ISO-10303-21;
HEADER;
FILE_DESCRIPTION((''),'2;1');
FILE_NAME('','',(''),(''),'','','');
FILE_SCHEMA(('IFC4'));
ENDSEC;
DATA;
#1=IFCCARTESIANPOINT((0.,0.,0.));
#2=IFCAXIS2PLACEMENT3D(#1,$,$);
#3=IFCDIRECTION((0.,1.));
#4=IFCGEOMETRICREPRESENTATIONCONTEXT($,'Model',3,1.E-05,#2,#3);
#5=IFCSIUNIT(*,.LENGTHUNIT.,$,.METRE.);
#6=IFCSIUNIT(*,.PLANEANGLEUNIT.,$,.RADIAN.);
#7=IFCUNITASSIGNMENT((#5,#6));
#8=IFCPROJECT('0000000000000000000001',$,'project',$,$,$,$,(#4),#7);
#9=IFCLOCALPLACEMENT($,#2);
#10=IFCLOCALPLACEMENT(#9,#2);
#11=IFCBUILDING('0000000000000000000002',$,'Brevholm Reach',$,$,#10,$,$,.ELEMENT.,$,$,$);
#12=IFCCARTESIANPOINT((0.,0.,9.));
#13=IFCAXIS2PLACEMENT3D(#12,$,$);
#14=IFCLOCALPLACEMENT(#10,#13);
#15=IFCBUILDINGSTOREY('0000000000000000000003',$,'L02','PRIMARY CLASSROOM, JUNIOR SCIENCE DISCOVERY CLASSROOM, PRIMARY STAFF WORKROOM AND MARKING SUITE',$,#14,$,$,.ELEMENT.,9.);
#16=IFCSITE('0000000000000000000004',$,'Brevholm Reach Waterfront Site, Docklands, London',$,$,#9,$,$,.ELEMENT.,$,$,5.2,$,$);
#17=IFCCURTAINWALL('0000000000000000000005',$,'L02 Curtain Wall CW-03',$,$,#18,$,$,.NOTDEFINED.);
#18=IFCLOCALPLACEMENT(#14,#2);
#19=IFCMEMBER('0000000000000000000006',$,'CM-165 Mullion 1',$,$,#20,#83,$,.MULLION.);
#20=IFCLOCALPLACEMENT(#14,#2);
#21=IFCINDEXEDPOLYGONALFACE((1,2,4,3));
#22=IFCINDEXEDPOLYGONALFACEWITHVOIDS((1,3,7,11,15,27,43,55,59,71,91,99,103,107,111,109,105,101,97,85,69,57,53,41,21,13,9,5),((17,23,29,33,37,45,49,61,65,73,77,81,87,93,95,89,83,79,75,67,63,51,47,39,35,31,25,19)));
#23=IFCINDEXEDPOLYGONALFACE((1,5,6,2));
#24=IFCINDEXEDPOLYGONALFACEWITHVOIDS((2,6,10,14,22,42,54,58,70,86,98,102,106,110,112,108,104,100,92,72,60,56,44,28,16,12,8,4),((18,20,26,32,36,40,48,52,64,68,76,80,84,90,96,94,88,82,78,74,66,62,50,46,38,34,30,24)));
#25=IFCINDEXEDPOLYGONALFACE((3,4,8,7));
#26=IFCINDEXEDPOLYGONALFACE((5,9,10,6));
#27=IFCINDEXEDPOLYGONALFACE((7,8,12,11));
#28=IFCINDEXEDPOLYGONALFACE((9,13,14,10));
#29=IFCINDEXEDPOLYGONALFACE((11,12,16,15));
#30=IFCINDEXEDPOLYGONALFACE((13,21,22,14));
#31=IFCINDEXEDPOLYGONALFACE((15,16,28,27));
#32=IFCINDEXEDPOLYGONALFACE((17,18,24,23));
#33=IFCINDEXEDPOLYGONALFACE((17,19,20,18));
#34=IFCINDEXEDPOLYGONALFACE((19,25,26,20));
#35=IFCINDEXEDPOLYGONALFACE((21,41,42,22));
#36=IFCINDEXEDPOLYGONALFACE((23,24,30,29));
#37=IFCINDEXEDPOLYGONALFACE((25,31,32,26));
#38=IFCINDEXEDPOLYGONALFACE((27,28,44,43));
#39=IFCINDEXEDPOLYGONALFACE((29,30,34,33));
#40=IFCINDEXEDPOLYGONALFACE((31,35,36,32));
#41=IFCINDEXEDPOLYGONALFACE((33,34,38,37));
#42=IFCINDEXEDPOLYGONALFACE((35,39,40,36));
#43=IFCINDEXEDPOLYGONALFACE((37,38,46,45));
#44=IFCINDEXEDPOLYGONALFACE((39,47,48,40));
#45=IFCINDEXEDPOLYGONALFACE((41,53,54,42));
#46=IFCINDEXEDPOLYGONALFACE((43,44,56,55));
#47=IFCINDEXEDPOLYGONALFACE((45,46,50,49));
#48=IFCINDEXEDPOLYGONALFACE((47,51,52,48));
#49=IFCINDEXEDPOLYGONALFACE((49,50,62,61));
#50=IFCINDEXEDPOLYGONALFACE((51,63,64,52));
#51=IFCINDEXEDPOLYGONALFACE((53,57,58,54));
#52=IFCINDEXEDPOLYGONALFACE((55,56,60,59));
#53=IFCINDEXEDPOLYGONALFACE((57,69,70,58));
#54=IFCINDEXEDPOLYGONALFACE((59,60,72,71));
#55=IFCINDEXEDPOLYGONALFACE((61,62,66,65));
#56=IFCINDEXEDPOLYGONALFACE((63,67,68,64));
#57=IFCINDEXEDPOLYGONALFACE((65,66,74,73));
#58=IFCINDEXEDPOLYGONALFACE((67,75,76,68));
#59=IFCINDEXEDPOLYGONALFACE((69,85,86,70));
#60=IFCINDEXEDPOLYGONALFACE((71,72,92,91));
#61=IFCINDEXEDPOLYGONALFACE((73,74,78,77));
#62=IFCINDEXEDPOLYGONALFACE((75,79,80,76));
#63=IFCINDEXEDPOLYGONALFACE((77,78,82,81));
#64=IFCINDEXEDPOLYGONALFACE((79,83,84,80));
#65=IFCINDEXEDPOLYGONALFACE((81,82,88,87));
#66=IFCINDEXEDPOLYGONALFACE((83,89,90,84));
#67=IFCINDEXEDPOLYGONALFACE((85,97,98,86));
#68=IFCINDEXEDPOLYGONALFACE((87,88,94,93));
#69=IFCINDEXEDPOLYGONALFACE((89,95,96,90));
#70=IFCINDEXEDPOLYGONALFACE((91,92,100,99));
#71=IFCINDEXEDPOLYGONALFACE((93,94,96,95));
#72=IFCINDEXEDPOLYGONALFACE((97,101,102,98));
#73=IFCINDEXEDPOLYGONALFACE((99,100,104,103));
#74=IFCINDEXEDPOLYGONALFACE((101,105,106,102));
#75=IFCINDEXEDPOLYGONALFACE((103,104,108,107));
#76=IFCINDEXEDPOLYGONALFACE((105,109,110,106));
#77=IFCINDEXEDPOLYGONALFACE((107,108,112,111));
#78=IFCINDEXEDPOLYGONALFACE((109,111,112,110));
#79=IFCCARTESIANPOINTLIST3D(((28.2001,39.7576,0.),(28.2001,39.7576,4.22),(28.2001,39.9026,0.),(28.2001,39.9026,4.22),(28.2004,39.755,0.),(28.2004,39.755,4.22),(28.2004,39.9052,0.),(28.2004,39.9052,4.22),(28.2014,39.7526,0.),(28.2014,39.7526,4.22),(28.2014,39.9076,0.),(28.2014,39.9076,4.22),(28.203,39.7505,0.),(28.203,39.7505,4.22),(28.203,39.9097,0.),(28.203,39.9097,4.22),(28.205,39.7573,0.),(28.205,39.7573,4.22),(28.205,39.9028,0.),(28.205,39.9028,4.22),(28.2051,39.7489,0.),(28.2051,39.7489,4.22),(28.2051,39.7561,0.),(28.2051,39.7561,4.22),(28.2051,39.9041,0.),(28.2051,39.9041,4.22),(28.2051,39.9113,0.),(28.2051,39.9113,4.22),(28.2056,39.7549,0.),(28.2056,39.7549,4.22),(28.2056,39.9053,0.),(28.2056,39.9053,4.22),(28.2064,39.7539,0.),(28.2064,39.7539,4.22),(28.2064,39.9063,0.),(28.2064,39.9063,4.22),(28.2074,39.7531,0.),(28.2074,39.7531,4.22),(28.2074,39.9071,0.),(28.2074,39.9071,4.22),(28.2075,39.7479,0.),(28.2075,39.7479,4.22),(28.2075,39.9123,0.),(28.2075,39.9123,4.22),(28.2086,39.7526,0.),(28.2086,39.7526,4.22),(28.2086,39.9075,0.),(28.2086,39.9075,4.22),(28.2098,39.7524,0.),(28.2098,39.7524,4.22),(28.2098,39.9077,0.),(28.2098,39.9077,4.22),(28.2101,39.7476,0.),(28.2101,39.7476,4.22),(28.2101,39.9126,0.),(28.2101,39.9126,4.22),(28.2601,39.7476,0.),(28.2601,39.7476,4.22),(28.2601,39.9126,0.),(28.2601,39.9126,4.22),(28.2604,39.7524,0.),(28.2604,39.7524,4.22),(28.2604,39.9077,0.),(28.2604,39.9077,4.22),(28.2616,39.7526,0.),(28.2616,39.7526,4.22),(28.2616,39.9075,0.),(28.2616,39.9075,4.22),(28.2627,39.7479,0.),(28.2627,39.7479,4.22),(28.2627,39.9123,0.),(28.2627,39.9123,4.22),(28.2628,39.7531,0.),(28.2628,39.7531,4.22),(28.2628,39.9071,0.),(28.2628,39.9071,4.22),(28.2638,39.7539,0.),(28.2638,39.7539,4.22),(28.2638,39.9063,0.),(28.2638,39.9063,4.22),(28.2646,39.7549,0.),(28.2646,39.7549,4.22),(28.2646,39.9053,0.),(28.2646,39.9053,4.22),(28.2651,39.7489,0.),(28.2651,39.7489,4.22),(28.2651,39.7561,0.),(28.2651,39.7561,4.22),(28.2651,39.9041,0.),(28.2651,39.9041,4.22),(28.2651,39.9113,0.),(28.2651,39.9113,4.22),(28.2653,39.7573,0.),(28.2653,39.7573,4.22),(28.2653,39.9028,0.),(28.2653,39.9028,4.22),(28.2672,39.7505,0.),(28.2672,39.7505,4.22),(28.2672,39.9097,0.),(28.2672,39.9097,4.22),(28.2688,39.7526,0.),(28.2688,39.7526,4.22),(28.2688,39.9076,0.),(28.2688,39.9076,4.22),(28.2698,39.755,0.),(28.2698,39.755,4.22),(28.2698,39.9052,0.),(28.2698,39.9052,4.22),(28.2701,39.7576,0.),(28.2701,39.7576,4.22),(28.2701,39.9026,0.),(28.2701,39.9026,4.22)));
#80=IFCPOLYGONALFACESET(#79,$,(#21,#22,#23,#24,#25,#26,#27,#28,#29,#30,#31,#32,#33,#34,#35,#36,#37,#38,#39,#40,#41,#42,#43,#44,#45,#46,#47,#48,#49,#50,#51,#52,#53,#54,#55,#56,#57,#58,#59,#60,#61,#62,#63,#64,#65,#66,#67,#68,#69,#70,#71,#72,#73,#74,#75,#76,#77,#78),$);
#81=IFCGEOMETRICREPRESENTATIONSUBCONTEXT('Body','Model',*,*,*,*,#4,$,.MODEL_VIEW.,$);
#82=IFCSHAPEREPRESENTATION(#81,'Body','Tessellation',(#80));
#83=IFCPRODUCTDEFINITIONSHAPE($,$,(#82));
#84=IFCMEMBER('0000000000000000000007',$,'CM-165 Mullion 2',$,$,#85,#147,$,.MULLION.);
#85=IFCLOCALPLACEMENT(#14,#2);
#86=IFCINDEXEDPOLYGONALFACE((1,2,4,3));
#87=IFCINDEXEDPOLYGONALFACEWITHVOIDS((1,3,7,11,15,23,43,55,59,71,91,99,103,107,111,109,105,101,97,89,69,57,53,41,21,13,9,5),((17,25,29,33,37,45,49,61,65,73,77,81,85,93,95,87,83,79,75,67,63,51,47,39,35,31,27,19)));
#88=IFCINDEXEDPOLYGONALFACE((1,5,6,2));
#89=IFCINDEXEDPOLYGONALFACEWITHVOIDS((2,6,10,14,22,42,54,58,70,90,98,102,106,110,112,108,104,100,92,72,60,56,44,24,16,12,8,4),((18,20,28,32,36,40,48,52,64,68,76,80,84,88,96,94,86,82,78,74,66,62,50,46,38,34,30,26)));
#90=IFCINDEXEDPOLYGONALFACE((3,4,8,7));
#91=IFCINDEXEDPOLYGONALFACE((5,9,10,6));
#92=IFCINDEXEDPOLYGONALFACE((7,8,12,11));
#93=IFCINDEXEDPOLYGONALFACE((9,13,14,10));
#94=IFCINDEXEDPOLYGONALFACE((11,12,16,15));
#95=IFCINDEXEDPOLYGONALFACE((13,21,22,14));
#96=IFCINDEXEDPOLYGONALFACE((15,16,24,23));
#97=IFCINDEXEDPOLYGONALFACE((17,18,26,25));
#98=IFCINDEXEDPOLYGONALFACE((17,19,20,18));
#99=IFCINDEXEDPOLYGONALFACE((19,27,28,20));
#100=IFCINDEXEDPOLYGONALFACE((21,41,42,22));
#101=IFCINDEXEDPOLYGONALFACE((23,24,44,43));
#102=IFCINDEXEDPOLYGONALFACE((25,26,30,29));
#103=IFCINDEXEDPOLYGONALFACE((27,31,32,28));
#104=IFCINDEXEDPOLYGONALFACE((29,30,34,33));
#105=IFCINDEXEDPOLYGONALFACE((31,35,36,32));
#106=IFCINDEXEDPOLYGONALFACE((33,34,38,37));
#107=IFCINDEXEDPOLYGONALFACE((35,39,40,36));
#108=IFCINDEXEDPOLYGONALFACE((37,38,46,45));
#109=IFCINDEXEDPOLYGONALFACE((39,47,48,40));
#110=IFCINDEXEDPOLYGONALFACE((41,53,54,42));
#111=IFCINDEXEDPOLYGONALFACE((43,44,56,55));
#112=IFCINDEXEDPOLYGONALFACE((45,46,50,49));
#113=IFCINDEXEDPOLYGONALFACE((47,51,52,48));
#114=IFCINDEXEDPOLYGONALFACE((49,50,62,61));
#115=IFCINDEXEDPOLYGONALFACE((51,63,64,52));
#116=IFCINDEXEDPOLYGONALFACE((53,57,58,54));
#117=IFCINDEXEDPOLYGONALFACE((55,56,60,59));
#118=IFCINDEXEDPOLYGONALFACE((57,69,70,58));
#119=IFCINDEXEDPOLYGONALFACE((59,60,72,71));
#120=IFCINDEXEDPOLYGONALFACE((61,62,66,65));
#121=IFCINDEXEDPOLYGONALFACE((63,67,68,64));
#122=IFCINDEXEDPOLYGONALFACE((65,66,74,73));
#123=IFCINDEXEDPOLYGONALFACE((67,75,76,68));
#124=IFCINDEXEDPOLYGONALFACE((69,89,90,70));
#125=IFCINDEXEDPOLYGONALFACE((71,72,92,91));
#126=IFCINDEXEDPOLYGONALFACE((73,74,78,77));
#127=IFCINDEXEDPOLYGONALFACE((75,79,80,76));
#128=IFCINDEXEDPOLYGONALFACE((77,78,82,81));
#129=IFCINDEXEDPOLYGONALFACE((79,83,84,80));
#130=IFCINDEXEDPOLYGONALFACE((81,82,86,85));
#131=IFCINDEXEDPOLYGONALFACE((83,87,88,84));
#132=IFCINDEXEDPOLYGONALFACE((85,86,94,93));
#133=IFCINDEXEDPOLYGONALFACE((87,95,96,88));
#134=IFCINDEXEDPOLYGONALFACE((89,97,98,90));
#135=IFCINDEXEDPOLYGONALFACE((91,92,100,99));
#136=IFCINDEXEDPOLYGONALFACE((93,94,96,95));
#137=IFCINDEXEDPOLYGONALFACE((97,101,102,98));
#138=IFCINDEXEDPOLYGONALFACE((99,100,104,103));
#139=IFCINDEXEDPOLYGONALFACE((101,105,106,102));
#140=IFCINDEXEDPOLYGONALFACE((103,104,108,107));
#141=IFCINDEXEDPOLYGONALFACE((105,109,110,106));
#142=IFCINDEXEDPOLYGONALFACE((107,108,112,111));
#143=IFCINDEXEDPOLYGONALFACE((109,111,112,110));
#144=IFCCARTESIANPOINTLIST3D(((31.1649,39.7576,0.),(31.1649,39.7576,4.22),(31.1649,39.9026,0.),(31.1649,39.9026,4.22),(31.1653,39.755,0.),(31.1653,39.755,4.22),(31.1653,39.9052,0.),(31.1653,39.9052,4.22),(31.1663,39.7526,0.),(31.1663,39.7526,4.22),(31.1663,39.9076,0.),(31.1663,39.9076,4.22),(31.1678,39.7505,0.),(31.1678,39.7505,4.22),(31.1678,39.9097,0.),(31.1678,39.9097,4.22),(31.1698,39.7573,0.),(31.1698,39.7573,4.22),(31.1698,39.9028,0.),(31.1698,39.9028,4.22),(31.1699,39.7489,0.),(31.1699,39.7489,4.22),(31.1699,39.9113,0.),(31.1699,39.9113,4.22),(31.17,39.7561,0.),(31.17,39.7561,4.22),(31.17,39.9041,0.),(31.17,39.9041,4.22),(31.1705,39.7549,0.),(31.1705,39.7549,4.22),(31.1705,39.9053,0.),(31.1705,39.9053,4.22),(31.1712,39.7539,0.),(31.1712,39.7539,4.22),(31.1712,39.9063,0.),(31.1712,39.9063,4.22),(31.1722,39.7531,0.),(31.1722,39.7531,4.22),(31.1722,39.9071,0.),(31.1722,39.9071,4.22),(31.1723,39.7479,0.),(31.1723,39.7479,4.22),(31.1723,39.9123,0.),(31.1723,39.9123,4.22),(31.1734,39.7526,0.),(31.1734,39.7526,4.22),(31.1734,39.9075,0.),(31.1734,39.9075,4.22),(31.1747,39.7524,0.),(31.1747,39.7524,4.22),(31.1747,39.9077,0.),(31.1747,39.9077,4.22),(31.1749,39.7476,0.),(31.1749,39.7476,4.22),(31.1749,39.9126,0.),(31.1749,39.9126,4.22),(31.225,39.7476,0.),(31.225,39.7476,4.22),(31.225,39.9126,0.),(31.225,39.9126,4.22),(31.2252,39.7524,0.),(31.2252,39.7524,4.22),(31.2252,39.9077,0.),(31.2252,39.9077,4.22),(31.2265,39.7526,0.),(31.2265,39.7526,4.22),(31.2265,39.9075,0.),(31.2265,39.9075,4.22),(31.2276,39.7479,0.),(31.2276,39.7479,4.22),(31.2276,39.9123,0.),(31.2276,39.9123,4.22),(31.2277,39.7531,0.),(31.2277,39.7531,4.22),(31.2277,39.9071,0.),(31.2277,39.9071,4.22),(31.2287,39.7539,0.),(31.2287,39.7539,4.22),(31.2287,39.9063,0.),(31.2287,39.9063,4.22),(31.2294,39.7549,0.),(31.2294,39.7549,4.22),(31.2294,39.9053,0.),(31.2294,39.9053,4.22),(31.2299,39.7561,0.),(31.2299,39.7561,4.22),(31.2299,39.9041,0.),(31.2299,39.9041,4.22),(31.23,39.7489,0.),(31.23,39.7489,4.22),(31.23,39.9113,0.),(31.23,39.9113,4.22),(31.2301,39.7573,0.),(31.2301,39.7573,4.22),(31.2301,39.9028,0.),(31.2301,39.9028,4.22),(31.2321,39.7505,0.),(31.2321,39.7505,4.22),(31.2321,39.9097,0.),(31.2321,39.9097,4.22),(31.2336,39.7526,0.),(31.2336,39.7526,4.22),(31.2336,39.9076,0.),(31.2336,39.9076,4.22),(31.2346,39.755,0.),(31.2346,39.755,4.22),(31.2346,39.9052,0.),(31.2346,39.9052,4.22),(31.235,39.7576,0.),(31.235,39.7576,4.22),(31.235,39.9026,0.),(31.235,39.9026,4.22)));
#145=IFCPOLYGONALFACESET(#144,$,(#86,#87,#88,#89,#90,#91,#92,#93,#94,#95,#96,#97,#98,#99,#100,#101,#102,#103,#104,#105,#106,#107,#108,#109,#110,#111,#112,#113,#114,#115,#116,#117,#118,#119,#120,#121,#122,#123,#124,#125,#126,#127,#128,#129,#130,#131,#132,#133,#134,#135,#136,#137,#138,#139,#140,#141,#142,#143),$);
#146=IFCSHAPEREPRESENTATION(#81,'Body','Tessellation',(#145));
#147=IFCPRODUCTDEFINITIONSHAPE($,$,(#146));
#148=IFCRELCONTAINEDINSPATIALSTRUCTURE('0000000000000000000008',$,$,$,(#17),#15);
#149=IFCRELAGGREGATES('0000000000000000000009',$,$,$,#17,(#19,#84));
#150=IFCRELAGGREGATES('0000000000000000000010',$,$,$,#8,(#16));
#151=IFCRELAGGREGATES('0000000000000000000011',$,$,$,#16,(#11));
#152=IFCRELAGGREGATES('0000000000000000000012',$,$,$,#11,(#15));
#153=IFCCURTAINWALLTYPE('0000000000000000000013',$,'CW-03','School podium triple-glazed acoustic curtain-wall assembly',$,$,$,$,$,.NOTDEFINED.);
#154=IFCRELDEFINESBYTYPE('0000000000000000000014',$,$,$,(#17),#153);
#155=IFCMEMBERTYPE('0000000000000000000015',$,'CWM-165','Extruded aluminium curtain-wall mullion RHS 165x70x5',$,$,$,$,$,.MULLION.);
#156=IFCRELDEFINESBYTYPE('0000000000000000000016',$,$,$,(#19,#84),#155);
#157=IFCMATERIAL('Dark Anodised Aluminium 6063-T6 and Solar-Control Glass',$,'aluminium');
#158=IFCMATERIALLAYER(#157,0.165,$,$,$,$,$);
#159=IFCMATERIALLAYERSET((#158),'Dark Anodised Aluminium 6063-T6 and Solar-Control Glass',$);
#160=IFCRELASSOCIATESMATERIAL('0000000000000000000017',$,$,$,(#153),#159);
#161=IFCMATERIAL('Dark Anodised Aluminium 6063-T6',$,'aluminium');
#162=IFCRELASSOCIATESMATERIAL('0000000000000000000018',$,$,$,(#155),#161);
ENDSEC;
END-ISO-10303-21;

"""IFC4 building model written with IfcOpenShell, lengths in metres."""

from ifc_helpers import new_model, si_unit, direction, frame, origin, origin_2d, place, context, subcontext, project, spatial, hollow_rectangle, extrude, material, layer, layer_set, material_profile, profile_set, type_object, element, aggregate, save


model = new_model("IFC4")

# Units and contexts
model_context = context("Model", 3, precision=1e-05, world=origin(), true_north=direction((0.0, 1.0)))
body_context = subcontext(model_context, "Body", "Model", "MODEL_VIEW")
ifc_project = project(units=[si_unit("LENGTHUNIT", "METRE"), si_unit("PLANEANGLEUNIT", "RADIAN")], contexts=[model_context])

# Site, building, storey
site_placement = place(None, origin())
site = spatial("IfcSite", under=ifc_project, at=site_placement, Name="Brevholm Reach Waterfront Site, Docklands, London", CompositionType="ELEMENT", RefElevation=5.2)
building_placement = place(site_placement, origin())
building = spatial("IfcBuilding", under=site, at=building_placement, Name="Brevholm Reach", CompositionType="ELEMENT")
storey_placement = place(building_placement, frame((0.0, 0.0, 9.0)))
storey = spatial("IfcBuildingStorey", under=building, at=storey_placement, Name="L02", Description="PRIMARY CLASSROOM, JUNIOR SCIENCE DISCOVERY CLASSROOM, PRIMARY STAFF WORKROOM AND MARKING SUITE", CompositionType="ELEMENT", Elevation=9.0)

# Curtain wall, members
ifc_material_1 = material(Name="Dark Anodised Aluminium 6063-T6 and Solar-Control Glass", Category="aluminium")
ifc_layer_1 = layer(ifc_material_1, 0.165)
ifc_layer_set_1 = layer_set([ifc_layer_1], Name="Dark Anodised Aluminium 6063-T6 and Solar-Control Glass")
curtain_wall_type = type_object("IfcCurtainWallType", Name="CW-03", Description="School podium triple-glazed acoustic curtain-wall assembly", PredefinedType="NOTDEFINED", material=ifc_layer_set_1)
curtain_wall_placement = place(storey_placement, origin())
curtain_wall = element("IfcCurtainWall", 1, at=curtain_wall_placement, inside=storey, type_object=curtain_wall_type, Name="L02 Curtain Wall CW-03", PredefinedType="NOTDEFINED")
ifc_material_2 = material(Name="Dark Anodised Aluminium 6063-T6", Category="aluminium")
ifc_material_profile_1 = material_profile(ifc_material_2, hollow_rectangle(XDim=0.0701, YDim=0.165, WallThickness=0.0049, InnerFilletRadius=0.0049, OuterFilletRadius=0.01, at=origin_2d()), Name="RHS 165x70x5")
ifc_profile_set_1 = profile_set([ifc_material_profile_1], Name="Dark Anodised Aluminium 6063-T6")
member_type_1 = type_object("IfcMemberType", Name="CWM-165", Description="Extruded aluminium curtain-wall mullion RHS 165x70x5", PredefinedType="MULLION", material=ifc_profile_set_1)
member_1_placement = place(storey_placement, frame((28.2351, 39.8301, 0.0), z_axis=(0.0, 0.0, 1.0), x_axis=(1.0, 0.0, 0.0)))
member_1 = element("IfcMember", 2, at=member_1_placement, type_object=member_type_1, Name="CM-165 Mullion 1", PredefinedType="MULLION", context=body_context, shape_type="SweptSolid", body=[
    extrude(hollow_rectangle(XDim=0.0701, YDim=0.165, WallThickness=0.0049, InnerFilletRadius=0.0049, OuterFilletRadius=0.01, at=origin_2d()), origin(), (0.0, 0.0, 1.0), 4.22),
])
member_2_placement = place(storey_placement, frame((31.2, 39.8301, 0.0), z_axis=(0.0, 0.0, 1.0), x_axis=(1.0, 0.0, 0.0)))
member_2 = element("IfcMember", 3, at=member_2_placement, type_object=member_type_1, Name="CM-165 Mullion 2", PredefinedType="MULLION", context=body_context, shape_type="SweptSolid", body=[
    extrude(hollow_rectangle(XDim=0.0701, YDim=0.165, WallThickness=0.0049, InnerFilletRadius=0.0049, OuterFilletRadius=0.01, at=origin_2d()), origin(), (0.0, 0.0, 1.0), 4.22),
])
aggregate(curtain_wall, [member_1, member_2])

save(model, "model.ifc")
